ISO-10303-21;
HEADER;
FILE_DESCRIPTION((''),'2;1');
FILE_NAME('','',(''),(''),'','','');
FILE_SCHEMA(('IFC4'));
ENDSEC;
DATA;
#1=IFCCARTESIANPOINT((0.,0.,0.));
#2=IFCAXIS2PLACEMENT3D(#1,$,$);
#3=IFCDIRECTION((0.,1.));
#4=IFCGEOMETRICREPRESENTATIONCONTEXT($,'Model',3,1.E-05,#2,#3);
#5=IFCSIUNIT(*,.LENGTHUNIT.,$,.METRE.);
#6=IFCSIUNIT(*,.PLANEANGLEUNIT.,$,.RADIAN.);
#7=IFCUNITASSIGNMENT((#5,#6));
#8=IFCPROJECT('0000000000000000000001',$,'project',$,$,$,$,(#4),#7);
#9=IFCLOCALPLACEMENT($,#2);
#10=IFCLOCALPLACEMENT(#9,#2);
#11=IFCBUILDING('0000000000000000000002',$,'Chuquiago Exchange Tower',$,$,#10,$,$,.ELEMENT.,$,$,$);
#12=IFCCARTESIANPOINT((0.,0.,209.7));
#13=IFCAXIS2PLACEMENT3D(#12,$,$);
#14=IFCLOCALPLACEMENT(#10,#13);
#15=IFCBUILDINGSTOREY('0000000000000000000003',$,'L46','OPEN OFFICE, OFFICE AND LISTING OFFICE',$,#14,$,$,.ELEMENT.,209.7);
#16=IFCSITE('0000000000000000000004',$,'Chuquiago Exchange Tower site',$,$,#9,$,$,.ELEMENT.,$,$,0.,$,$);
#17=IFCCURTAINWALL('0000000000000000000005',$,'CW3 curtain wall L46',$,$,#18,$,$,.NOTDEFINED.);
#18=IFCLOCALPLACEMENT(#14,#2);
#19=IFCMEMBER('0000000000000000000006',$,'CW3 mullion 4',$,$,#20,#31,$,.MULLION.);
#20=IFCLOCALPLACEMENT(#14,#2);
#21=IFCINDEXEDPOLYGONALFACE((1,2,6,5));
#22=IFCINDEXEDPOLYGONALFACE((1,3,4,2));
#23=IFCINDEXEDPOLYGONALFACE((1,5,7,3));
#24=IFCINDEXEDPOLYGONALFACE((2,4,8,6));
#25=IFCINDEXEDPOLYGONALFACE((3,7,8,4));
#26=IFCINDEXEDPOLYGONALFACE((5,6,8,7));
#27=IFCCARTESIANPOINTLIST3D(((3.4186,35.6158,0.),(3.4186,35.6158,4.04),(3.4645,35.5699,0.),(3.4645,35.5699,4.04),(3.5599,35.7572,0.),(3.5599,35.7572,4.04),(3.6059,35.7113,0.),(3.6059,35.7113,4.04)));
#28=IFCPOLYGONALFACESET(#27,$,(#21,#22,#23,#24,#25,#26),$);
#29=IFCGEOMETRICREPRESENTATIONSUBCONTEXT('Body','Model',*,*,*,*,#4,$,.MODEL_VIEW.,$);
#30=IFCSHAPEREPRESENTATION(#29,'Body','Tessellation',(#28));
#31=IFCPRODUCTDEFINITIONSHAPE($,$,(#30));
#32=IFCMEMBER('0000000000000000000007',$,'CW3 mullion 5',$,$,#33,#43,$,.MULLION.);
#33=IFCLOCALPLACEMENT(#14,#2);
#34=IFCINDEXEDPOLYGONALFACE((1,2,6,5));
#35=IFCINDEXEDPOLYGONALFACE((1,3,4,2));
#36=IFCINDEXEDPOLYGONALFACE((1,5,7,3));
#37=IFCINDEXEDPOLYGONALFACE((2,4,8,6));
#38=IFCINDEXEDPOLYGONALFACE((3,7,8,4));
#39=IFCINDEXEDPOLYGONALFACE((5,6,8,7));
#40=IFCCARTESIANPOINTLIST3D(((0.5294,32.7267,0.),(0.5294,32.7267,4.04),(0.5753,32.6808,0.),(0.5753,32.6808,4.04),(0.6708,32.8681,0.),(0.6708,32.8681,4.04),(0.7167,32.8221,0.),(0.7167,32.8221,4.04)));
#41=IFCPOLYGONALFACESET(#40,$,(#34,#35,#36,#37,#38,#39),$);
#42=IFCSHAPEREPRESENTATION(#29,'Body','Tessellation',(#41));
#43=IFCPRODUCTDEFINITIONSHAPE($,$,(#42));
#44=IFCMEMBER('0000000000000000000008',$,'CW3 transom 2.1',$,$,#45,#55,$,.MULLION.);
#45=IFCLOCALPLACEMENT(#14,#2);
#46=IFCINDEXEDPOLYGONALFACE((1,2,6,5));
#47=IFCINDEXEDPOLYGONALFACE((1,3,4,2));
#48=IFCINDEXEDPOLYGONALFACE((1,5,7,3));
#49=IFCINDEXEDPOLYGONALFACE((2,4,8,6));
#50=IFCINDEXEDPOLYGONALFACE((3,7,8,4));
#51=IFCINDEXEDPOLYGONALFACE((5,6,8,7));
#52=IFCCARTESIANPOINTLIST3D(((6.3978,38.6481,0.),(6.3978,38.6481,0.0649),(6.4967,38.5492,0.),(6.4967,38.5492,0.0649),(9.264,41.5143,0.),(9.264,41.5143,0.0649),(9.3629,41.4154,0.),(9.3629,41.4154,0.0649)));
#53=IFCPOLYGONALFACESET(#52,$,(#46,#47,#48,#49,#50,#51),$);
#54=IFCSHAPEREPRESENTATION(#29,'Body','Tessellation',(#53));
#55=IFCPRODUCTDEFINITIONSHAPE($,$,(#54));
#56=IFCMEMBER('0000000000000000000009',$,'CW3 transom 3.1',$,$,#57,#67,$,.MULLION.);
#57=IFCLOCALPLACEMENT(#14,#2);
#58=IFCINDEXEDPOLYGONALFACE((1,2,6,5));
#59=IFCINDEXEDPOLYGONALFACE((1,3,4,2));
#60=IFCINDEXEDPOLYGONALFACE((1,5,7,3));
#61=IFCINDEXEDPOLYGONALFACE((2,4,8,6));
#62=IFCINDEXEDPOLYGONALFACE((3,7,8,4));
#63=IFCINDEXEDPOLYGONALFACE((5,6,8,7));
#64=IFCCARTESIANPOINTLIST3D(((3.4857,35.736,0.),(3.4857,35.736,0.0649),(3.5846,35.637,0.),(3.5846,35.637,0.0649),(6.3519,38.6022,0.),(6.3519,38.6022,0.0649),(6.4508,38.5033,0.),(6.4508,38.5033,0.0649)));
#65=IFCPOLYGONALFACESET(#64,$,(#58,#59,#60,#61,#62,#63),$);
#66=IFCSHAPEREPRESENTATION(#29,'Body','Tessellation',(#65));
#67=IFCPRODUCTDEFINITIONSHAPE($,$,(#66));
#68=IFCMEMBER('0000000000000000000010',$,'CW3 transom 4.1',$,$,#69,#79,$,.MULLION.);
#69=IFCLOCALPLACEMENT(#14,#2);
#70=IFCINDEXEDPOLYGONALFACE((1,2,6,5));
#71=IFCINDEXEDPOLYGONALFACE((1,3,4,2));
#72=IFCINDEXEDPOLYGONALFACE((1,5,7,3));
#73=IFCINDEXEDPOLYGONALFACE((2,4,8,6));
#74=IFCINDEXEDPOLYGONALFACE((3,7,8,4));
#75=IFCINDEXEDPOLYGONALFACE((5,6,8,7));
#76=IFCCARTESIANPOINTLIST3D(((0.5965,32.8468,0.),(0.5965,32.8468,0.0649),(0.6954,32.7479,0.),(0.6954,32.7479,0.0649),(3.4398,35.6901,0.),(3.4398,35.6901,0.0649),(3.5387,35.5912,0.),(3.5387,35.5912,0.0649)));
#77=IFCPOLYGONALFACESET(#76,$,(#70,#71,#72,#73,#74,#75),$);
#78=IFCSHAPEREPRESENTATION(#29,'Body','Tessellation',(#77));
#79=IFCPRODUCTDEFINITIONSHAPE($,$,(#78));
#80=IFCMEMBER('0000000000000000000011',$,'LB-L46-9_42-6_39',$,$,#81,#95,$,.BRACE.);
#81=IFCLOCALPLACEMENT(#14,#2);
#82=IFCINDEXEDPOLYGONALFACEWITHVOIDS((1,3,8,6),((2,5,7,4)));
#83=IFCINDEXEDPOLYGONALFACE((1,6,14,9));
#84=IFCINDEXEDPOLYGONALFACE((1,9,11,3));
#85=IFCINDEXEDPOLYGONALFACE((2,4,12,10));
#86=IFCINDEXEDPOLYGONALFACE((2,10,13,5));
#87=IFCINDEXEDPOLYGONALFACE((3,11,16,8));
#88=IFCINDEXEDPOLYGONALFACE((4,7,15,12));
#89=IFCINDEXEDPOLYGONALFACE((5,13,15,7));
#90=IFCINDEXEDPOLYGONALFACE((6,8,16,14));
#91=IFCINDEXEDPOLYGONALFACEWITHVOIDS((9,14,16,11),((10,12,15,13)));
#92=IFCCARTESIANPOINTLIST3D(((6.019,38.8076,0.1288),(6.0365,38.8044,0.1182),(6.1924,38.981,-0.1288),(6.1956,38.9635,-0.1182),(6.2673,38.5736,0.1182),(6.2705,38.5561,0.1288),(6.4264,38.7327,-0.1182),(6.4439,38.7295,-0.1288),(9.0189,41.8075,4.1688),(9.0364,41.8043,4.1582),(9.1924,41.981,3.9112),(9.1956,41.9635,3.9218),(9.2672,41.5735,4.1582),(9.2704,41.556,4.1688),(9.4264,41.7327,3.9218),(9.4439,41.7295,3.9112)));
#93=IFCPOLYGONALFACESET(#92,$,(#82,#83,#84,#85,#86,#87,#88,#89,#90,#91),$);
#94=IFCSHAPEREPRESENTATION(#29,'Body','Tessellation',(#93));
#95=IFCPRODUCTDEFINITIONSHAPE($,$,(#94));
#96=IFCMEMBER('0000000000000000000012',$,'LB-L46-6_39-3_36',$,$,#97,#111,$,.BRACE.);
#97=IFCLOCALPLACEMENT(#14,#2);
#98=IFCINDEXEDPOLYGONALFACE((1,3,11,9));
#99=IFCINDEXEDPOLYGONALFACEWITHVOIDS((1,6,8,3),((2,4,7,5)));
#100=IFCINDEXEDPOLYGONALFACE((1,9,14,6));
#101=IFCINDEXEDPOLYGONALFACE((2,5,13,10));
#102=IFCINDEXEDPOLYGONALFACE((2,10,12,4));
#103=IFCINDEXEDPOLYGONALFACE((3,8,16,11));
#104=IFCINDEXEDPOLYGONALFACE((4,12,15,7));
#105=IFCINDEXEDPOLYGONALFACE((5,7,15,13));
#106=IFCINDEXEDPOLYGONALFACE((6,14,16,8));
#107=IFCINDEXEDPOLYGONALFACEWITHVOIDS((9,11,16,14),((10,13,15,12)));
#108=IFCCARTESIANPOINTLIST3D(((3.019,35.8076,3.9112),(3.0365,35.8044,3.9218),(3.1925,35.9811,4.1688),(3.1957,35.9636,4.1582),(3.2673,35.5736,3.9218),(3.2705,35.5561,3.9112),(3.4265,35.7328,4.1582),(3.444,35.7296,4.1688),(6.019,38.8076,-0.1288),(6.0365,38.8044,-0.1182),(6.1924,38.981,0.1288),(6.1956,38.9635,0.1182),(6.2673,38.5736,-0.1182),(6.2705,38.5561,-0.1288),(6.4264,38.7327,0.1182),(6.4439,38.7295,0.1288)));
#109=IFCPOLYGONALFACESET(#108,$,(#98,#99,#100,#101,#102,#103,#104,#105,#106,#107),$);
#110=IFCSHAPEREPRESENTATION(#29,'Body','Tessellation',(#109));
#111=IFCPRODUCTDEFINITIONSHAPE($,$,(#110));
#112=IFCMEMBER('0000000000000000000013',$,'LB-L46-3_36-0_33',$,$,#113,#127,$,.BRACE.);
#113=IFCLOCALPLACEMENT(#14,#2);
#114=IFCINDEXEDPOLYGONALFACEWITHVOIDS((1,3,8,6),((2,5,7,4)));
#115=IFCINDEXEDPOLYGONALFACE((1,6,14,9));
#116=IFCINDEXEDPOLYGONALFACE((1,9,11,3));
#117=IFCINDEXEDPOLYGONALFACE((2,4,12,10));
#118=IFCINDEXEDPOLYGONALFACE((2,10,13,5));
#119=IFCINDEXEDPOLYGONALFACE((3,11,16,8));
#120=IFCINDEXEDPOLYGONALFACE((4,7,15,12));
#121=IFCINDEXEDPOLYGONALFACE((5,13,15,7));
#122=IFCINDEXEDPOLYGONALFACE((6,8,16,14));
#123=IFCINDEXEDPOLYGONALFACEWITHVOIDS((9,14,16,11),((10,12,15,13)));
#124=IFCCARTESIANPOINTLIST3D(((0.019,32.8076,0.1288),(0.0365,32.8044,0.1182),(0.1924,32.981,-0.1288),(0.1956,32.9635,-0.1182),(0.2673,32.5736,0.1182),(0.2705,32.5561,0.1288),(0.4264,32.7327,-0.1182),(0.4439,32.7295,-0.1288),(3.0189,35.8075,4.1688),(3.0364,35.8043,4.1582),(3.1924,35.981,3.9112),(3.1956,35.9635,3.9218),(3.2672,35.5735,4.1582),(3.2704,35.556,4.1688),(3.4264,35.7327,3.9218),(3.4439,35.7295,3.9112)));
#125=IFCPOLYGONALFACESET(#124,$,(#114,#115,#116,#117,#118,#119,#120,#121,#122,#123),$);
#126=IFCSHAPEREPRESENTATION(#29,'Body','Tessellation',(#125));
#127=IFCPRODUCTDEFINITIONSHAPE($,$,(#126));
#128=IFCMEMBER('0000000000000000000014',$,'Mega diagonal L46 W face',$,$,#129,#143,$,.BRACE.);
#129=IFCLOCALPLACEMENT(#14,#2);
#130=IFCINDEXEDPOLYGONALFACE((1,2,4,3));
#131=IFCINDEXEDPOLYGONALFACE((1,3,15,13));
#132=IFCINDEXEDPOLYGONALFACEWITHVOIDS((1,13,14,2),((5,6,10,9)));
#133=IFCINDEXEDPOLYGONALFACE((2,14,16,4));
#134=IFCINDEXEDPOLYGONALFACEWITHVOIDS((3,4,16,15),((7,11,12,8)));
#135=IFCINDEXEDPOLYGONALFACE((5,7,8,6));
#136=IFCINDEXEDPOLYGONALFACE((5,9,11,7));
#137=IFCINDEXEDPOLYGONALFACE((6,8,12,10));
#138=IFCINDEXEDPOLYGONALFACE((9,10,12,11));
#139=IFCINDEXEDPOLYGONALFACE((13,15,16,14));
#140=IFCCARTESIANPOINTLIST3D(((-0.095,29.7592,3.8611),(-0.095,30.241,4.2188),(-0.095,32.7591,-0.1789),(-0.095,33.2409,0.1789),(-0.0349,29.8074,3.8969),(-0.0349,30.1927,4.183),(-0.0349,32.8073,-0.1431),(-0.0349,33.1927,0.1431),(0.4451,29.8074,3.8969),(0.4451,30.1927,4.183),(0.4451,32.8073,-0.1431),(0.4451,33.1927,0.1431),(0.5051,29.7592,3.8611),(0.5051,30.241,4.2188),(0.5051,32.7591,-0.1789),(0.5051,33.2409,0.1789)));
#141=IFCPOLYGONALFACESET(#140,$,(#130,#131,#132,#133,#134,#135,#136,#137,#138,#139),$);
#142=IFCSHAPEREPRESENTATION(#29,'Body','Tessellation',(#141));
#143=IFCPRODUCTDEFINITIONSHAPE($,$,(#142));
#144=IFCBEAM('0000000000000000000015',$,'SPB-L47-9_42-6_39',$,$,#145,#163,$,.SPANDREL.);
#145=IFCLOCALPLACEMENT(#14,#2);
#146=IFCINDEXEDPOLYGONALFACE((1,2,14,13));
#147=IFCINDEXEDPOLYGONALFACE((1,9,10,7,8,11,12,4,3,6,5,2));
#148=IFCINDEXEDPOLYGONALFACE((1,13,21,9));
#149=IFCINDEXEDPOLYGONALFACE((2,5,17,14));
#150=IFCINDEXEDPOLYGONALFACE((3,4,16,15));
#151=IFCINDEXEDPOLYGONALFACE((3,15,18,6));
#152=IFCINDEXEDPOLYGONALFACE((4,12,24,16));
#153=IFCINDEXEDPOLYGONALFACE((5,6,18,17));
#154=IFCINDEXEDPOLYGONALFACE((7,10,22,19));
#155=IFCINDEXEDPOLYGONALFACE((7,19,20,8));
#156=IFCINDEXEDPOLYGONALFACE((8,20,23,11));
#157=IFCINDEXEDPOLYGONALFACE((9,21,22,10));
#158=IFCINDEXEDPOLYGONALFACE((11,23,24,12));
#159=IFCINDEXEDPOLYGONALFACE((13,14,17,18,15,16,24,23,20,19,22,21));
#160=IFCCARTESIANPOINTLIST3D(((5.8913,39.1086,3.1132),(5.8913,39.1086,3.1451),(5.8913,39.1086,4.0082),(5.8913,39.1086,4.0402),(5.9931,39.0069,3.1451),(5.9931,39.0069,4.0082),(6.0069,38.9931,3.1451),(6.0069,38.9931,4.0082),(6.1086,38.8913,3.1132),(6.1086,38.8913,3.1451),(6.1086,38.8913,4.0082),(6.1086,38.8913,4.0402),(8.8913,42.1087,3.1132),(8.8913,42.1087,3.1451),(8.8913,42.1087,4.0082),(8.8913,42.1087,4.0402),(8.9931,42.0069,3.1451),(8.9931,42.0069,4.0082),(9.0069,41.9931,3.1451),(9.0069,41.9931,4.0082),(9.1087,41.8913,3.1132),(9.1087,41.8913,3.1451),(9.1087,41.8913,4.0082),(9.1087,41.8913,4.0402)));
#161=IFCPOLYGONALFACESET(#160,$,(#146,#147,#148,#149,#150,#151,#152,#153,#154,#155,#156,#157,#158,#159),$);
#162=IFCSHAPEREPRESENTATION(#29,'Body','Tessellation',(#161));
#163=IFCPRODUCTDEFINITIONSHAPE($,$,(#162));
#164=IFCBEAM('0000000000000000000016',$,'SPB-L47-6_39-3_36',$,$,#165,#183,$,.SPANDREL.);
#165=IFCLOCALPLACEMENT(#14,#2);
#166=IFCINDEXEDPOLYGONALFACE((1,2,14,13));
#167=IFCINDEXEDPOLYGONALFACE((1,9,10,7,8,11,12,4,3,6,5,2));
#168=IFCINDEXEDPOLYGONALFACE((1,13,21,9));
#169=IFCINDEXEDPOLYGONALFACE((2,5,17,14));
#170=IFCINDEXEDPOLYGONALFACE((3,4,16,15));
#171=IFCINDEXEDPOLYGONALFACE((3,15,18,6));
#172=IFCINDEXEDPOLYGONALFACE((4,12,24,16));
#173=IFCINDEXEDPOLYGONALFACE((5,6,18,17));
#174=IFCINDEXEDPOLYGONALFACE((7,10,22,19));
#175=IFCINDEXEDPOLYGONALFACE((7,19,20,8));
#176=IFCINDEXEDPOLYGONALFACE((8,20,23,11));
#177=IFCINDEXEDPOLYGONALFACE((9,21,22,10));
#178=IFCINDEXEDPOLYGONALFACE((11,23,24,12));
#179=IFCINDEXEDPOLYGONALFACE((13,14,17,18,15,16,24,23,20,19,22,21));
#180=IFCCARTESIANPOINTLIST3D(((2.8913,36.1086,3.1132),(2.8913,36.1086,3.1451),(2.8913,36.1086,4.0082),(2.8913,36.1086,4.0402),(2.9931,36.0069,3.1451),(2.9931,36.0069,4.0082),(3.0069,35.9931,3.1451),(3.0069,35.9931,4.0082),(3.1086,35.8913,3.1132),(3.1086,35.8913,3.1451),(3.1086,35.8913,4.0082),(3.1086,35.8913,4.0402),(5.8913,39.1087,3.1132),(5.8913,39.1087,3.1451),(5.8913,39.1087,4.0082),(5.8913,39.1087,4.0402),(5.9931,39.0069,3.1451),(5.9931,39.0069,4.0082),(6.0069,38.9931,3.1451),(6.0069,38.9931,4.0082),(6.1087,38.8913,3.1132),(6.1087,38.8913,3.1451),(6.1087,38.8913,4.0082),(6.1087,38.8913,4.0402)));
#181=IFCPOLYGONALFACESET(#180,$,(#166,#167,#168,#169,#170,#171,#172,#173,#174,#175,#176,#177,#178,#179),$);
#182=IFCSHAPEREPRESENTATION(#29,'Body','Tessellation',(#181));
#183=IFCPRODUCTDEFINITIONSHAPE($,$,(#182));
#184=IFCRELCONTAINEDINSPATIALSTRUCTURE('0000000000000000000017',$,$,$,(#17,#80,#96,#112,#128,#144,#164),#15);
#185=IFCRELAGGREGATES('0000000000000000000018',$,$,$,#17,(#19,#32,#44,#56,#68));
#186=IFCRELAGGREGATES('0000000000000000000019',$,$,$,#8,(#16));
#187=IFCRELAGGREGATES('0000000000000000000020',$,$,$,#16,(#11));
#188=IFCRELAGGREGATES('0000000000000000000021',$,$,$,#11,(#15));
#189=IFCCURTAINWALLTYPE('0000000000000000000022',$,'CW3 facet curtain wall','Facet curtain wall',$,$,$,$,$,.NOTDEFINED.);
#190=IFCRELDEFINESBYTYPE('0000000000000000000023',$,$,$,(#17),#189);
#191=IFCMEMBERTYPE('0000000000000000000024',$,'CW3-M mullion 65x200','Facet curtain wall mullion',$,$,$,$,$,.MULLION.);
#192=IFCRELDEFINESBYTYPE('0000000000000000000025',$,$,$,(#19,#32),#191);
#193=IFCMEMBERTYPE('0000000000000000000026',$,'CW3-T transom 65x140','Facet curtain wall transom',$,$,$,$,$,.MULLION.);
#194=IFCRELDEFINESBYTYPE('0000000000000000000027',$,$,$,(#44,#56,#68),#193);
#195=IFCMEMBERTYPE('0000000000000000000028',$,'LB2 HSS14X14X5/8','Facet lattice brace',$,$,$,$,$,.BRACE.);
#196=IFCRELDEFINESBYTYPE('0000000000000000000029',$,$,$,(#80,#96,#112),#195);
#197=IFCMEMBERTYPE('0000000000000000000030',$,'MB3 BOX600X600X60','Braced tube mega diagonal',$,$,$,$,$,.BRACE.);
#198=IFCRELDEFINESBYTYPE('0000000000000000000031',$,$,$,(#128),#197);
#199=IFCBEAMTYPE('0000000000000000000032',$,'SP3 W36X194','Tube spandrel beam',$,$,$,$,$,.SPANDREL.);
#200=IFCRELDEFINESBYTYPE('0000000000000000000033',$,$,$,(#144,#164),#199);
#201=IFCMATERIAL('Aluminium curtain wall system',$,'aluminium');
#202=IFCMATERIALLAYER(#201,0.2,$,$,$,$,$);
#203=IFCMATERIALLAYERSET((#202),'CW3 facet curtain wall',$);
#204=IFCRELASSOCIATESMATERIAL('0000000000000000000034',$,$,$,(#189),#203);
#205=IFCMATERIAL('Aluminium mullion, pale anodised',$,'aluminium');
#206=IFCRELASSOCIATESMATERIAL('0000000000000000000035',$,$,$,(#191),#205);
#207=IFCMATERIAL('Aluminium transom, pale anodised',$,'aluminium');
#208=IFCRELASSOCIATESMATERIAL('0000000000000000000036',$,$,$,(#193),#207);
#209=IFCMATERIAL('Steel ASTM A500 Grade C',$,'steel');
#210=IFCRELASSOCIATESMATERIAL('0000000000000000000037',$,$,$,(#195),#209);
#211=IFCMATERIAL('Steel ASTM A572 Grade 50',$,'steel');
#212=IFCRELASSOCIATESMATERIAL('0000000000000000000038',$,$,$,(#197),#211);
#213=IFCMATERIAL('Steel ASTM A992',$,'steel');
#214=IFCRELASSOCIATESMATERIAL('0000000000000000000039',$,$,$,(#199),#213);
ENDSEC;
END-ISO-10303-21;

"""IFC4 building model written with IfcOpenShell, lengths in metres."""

from ifc_helpers import new_model, si_unit, direction, frame, origin, origin_2d, place, context, subcontext, project, spatial, rectangle, hollow_rectangle, i_section, extrude, material, layer, layer_set, material_profile, profile_set, type_object, element, aggregate, save


model = new_model("IFC4")

# Units and contexts
model_context = context("Model", 3, precision=1e-05, world=origin(), true_north=direction((0.0, 1.0)))
body_context = subcontext(model_context, "Body", "Model", "MODEL_VIEW")
ifc_project = project(units=[si_unit("LENGTHUNIT", "METRE"), si_unit("PLANEANGLEUNIT", "RADIAN")], contexts=[model_context])

# Site, building, storey
site_placement = place(None, origin())
site = spatial("IfcSite", under=ifc_project, at=site_placement, Name="Chuquiago Exchange Tower site", CompositionType="ELEMENT", RefElevation=0.0)
building_placement = place(site_placement, origin())
building = spatial("IfcBuilding", under=site, at=building_placement, Name="Chuquiago Exchange Tower", CompositionType="ELEMENT")
storey_placement = place(building_placement, frame((0.0, 0.0, 209.7)))
storey = spatial("IfcBuildingStorey", under=building, at=storey_placement, Name="L46", Description="OPEN OFFICE, OFFICE AND LISTING OFFICE", CompositionType="ELEMENT", Elevation=209.7)

# Curtain wall, members
ifc_material_1 = material(Name="Aluminium curtain wall system", Category="aluminium")
ifc_layer_1 = layer(ifc_material_1, 0.2)
ifc_layer_set_1 = layer_set([ifc_layer_1], Name="CW3 facet curtain wall")
curtain_wall_type_1 = type_object("IfcCurtainWallType", Name="CW3 facet curtain wall", Description="Facet curtain wall", PredefinedType="NOTDEFINED", material=ifc_layer_set_1)
curtain_wall_1_placement = place(storey_placement, origin())
curtain_wall_1 = element("IfcCurtainWall", 1, at=curtain_wall_1_placement, inside=storey, type_object=curtain_wall_type_1, Name="CW3 curtain wall L46", PredefinedType="NOTDEFINED")
ifc_material_2 = material(Name="Aluminium mullion, pale anodised", Category="aluminium")
ifc_material_profile_1 = material_profile(ifc_material_2, rectangle(XDim=0.0649, YDim=0.2, at=origin_2d()), Name="AL 65x200")
ifc_profile_set_1 = profile_set([ifc_material_profile_1], Name="Aluminium mullion, pale anodised")
member_type_1 = type_object("IfcMemberType", Name="CW3-M mullion 65x200", Description="Facet curtain wall mullion", PredefinedType="MULLION", material=ifc_profile_set_1)
member_1_placement = place(storey_placement, frame((3.5122, 35.6636, 0.0), z_axis=(0.0, 0.0, 1.0), x_axis=(0.707107, -0.707107, 0.0)))
member_1 = element("IfcMember", 2, at=member_1_placement, type_object=member_type_1, Name="CW3 mullion 4", PredefinedType="MULLION", context=body_context, shape_type="SweptSolid", body=[
    extrude(rectangle(XDim=0.0649, YDim=0.2, at=origin_2d()), origin(), (0.0, 0.0, 1.0), 4.04),
])
member_2_placement = place(storey_placement, frame((0.623, 32.7744, 0.0), z_axis=(0.0, 0.0, 1.0), x_axis=(0.707107, -0.707107, 0.0)))
member_2 = element("IfcMember", 3, at=member_2_placement, type_object=member_type_1, Name="CW3 mullion 5", PredefinedType="MULLION", context=body_context, shape_type="SweptSolid", body=[
    extrude(rectangle(XDim=0.0649, YDim=0.2, at=origin_2d()), origin(), (0.0, 0.0, 1.0), 4.04),
])
ifc_material_3 = material(Name="Aluminium transom, pale anodised", Category="aluminium")
ifc_material_profile_2 = material_profile(ifc_material_3, rectangle(XDim=0.1399, YDim=0.0649, at=origin_2d()), Name="AL 140x65")
ifc_profile_set_2 = profile_set([ifc_material_profile_2], Name="Aluminium transom, pale anodised")
member_type_2 = type_object("IfcMemberType", Name="CW3-T transom 65x140", Description="Facet curtain wall transom", PredefinedType="MULLION", material=ifc_profile_set_2)
member_3_placement = place(storey_placement, frame((9.3135, 41.4648, 0.0325), z_axis=(-0.707107, -0.707107, 0.0), x_axis=(0.707107, -0.707107, 0.0)))
member_3 = element("IfcMember", 4, at=member_3_placement, type_object=member_type_2, Name="CW3 transom 2.1", PredefinedType="MULLION", context=body_context, shape_type="SweptSolid", body=[
    extrude(rectangle(XDim=0.1399, YDim=0.0649, at=origin_2d()), origin(), (0.0, 0.0, 1.0), 4.0535),
])
member_4_placement = place(storey_placement, frame((6.4014, 38.5527, 0.0325), z_axis=(-0.707107, -0.707107, 0.0), x_axis=(0.707107, -0.707107, 0.0)))
member_4 = element("IfcMember", 5, at=member_4_placement, type_object=member_type_2, Name="CW3 transom 3.1", PredefinedType="MULLION", context=body_context, shape_type="SweptSolid", body=[
    extrude(rectangle(XDim=0.1399, YDim=0.0649, at=origin_2d()), origin(), (0.0, 0.0, 1.0), 4.0535),
])
member_5_placement = place(storey_placement, frame((3.4893, 35.6406, 0.0325), z_axis=(-0.707107, -0.707107, 0.0), x_axis=(0.707107, -0.707107, 0.0)))
member_5 = element("IfcMember", 6, at=member_5_placement, type_object=member_type_2, Name="CW3 transom 4.1", PredefinedType="MULLION", context=body_context, shape_type="SweptSolid", body=[
    extrude(rectangle(XDim=0.1399, YDim=0.0649, at=origin_2d()), origin(), (0.0, 0.0, 1.0), 4.021),
])

# Members
ifc_material_4 = material(Name="Steel ASTM A500 Grade C", Category="steel")
ifc_material_profile_3 = material_profile(ifc_material_4, hollow_rectangle(XDim=0.3557, YDim=0.3557, WallThickness=0.0146, at=origin_2d()), Name="HSS14X14X5/8")
ifc_profile_set_3 = profile_set([ifc_material_profile_3], Name="Steel ASTM A500 Grade C")
member_type_3 = type_object("IfcMemberType", Name="LB2 HSS14X14X5/8", Description="Facet lattice brace", PredefinedType="BRACE", material=ifc_profile_set_3)
for number, where, z_axis, x_axis, name in (
    (7, (6.2314, 38.7686, 0.0), (0.512077, 0.512077, 0.689604), (-0.707107, 0.707107, 0.0), "LB-L46-9_42-6_39"),
    (8, (6.2314, 38.7686, 0.0), (-0.512077, -0.512077, 0.689604), (0.707107, -0.707107, 0.0), "LB-L46-6_39-3_36"),
    (9, (0.2314, 32.7686, 0.0), (0.512077, 0.512077, 0.689604), (-0.707107, 0.707107, 0.0), "LB-L46-3_36-0_33"),
):
    element("IfcMember", number, at=place(storey_placement, frame(where, z_axis=z_axis, x_axis=x_axis)), inside=storey, type_object=member_type_3, Name=name, PredefinedType="BRACE", context=body_context, shape_type="SweptSolid", body=[
        extrude(hollow_rectangle(XDim=0.3557, YDim=0.3557, WallThickness=0.0146, at=origin_2d()), origin(), (0.0, 0.0, 1.0), 5.8584),
    ])
ifc_material_5 = material(Name="Steel ASTM A572 Grade 50", Category="steel")
ifc_material_profile_4 = material_profile(ifc_material_5, hollow_rectangle(XDim=0.6001, YDim=0.6001, WallThickness=0.0601, at=origin_2d()), Name="BOX600X600X60")
ifc_profile_set_4 = profile_set([ifc_material_profile_4], Name="Steel ASTM A572 Grade 50")
member_type_4 = type_object("IfcMemberType", Name="MB3 BOX600X600X60", Description="Braced tube mega diagonal", PredefinedType="BRACE", material=ifc_profile_set_4)
member_6_placement = place(storey_placement, frame((0.2051, 33.0, 0.0), z_axis=(0.0, -0.596174, 0.802855), x_axis=(1.0, 0.0, 0.0)))
element("IfcMember", 10, at=member_6_placement, inside=storey, type_object=member_type_4, Name="Mega diagonal L46 W face", PredefinedType="BRACE", context=body_context, shape_type="SweptSolid", body=[
    extrude(hollow_rectangle(XDim=0.6001, YDim=0.6001, WallThickness=0.0601, at=origin_2d()), origin(), (0.0, 0.0, 1.0), 5.032),
])

# Beams
ifc_material_6 = material(Name="Steel ASTM A992", Category="steel")
ifc_material_profile_5 = material_profile(ifc_material_6, i_section(OverallWidth=0.3074, OverallDepth=0.927, WebThickness=0.0195, FlangeThickness=0.032, at=origin_2d()), Name="W36X194")
ifc_profile_set_5 = profile_set([ifc_material_profile_5], Name="Steel ASTM A992")
beam_type_1 = type_object("IfcBeamType", Name="SP3 W36X194", Description="Tube spandrel beam", PredefinedType="SPANDREL", material=ifc_profile_set_5)
for number, where, z_axis, x_axis, name in (
    (11, (9.0, 42.0, 3.5767), (-0.707107, -0.707107, 0.0), (0.707107, -0.707107, 0.0), "SPB-L47-9_42-6_39"),
    (12, (6.0, 39.0, 3.5767), (-0.707107, -0.707107, 0.0), (0.707107, -0.707107, 0.0), "SPB-L47-6_39-3_36"),
):
    element("IfcBeam", number, at=place(storey_placement, frame(where, z_axis=z_axis, x_axis=x_axis)), inside=storey, type_object=beam_type_1, Name=name, PredefinedType="SPANDREL", context=body_context, shape_type="SweptSolid", body=[
        extrude(i_section(OverallWidth=0.3074, OverallDepth=0.927, WebThickness=0.0195, FlangeThickness=0.032, at=origin_2d()), origin(), (0.0, 0.0, 1.0), 4.2427),
    ])

aggregate(curtain_wall_1, [member_1, member_2, member_3, member_4, member_5])

save(model, "model.ifc")
